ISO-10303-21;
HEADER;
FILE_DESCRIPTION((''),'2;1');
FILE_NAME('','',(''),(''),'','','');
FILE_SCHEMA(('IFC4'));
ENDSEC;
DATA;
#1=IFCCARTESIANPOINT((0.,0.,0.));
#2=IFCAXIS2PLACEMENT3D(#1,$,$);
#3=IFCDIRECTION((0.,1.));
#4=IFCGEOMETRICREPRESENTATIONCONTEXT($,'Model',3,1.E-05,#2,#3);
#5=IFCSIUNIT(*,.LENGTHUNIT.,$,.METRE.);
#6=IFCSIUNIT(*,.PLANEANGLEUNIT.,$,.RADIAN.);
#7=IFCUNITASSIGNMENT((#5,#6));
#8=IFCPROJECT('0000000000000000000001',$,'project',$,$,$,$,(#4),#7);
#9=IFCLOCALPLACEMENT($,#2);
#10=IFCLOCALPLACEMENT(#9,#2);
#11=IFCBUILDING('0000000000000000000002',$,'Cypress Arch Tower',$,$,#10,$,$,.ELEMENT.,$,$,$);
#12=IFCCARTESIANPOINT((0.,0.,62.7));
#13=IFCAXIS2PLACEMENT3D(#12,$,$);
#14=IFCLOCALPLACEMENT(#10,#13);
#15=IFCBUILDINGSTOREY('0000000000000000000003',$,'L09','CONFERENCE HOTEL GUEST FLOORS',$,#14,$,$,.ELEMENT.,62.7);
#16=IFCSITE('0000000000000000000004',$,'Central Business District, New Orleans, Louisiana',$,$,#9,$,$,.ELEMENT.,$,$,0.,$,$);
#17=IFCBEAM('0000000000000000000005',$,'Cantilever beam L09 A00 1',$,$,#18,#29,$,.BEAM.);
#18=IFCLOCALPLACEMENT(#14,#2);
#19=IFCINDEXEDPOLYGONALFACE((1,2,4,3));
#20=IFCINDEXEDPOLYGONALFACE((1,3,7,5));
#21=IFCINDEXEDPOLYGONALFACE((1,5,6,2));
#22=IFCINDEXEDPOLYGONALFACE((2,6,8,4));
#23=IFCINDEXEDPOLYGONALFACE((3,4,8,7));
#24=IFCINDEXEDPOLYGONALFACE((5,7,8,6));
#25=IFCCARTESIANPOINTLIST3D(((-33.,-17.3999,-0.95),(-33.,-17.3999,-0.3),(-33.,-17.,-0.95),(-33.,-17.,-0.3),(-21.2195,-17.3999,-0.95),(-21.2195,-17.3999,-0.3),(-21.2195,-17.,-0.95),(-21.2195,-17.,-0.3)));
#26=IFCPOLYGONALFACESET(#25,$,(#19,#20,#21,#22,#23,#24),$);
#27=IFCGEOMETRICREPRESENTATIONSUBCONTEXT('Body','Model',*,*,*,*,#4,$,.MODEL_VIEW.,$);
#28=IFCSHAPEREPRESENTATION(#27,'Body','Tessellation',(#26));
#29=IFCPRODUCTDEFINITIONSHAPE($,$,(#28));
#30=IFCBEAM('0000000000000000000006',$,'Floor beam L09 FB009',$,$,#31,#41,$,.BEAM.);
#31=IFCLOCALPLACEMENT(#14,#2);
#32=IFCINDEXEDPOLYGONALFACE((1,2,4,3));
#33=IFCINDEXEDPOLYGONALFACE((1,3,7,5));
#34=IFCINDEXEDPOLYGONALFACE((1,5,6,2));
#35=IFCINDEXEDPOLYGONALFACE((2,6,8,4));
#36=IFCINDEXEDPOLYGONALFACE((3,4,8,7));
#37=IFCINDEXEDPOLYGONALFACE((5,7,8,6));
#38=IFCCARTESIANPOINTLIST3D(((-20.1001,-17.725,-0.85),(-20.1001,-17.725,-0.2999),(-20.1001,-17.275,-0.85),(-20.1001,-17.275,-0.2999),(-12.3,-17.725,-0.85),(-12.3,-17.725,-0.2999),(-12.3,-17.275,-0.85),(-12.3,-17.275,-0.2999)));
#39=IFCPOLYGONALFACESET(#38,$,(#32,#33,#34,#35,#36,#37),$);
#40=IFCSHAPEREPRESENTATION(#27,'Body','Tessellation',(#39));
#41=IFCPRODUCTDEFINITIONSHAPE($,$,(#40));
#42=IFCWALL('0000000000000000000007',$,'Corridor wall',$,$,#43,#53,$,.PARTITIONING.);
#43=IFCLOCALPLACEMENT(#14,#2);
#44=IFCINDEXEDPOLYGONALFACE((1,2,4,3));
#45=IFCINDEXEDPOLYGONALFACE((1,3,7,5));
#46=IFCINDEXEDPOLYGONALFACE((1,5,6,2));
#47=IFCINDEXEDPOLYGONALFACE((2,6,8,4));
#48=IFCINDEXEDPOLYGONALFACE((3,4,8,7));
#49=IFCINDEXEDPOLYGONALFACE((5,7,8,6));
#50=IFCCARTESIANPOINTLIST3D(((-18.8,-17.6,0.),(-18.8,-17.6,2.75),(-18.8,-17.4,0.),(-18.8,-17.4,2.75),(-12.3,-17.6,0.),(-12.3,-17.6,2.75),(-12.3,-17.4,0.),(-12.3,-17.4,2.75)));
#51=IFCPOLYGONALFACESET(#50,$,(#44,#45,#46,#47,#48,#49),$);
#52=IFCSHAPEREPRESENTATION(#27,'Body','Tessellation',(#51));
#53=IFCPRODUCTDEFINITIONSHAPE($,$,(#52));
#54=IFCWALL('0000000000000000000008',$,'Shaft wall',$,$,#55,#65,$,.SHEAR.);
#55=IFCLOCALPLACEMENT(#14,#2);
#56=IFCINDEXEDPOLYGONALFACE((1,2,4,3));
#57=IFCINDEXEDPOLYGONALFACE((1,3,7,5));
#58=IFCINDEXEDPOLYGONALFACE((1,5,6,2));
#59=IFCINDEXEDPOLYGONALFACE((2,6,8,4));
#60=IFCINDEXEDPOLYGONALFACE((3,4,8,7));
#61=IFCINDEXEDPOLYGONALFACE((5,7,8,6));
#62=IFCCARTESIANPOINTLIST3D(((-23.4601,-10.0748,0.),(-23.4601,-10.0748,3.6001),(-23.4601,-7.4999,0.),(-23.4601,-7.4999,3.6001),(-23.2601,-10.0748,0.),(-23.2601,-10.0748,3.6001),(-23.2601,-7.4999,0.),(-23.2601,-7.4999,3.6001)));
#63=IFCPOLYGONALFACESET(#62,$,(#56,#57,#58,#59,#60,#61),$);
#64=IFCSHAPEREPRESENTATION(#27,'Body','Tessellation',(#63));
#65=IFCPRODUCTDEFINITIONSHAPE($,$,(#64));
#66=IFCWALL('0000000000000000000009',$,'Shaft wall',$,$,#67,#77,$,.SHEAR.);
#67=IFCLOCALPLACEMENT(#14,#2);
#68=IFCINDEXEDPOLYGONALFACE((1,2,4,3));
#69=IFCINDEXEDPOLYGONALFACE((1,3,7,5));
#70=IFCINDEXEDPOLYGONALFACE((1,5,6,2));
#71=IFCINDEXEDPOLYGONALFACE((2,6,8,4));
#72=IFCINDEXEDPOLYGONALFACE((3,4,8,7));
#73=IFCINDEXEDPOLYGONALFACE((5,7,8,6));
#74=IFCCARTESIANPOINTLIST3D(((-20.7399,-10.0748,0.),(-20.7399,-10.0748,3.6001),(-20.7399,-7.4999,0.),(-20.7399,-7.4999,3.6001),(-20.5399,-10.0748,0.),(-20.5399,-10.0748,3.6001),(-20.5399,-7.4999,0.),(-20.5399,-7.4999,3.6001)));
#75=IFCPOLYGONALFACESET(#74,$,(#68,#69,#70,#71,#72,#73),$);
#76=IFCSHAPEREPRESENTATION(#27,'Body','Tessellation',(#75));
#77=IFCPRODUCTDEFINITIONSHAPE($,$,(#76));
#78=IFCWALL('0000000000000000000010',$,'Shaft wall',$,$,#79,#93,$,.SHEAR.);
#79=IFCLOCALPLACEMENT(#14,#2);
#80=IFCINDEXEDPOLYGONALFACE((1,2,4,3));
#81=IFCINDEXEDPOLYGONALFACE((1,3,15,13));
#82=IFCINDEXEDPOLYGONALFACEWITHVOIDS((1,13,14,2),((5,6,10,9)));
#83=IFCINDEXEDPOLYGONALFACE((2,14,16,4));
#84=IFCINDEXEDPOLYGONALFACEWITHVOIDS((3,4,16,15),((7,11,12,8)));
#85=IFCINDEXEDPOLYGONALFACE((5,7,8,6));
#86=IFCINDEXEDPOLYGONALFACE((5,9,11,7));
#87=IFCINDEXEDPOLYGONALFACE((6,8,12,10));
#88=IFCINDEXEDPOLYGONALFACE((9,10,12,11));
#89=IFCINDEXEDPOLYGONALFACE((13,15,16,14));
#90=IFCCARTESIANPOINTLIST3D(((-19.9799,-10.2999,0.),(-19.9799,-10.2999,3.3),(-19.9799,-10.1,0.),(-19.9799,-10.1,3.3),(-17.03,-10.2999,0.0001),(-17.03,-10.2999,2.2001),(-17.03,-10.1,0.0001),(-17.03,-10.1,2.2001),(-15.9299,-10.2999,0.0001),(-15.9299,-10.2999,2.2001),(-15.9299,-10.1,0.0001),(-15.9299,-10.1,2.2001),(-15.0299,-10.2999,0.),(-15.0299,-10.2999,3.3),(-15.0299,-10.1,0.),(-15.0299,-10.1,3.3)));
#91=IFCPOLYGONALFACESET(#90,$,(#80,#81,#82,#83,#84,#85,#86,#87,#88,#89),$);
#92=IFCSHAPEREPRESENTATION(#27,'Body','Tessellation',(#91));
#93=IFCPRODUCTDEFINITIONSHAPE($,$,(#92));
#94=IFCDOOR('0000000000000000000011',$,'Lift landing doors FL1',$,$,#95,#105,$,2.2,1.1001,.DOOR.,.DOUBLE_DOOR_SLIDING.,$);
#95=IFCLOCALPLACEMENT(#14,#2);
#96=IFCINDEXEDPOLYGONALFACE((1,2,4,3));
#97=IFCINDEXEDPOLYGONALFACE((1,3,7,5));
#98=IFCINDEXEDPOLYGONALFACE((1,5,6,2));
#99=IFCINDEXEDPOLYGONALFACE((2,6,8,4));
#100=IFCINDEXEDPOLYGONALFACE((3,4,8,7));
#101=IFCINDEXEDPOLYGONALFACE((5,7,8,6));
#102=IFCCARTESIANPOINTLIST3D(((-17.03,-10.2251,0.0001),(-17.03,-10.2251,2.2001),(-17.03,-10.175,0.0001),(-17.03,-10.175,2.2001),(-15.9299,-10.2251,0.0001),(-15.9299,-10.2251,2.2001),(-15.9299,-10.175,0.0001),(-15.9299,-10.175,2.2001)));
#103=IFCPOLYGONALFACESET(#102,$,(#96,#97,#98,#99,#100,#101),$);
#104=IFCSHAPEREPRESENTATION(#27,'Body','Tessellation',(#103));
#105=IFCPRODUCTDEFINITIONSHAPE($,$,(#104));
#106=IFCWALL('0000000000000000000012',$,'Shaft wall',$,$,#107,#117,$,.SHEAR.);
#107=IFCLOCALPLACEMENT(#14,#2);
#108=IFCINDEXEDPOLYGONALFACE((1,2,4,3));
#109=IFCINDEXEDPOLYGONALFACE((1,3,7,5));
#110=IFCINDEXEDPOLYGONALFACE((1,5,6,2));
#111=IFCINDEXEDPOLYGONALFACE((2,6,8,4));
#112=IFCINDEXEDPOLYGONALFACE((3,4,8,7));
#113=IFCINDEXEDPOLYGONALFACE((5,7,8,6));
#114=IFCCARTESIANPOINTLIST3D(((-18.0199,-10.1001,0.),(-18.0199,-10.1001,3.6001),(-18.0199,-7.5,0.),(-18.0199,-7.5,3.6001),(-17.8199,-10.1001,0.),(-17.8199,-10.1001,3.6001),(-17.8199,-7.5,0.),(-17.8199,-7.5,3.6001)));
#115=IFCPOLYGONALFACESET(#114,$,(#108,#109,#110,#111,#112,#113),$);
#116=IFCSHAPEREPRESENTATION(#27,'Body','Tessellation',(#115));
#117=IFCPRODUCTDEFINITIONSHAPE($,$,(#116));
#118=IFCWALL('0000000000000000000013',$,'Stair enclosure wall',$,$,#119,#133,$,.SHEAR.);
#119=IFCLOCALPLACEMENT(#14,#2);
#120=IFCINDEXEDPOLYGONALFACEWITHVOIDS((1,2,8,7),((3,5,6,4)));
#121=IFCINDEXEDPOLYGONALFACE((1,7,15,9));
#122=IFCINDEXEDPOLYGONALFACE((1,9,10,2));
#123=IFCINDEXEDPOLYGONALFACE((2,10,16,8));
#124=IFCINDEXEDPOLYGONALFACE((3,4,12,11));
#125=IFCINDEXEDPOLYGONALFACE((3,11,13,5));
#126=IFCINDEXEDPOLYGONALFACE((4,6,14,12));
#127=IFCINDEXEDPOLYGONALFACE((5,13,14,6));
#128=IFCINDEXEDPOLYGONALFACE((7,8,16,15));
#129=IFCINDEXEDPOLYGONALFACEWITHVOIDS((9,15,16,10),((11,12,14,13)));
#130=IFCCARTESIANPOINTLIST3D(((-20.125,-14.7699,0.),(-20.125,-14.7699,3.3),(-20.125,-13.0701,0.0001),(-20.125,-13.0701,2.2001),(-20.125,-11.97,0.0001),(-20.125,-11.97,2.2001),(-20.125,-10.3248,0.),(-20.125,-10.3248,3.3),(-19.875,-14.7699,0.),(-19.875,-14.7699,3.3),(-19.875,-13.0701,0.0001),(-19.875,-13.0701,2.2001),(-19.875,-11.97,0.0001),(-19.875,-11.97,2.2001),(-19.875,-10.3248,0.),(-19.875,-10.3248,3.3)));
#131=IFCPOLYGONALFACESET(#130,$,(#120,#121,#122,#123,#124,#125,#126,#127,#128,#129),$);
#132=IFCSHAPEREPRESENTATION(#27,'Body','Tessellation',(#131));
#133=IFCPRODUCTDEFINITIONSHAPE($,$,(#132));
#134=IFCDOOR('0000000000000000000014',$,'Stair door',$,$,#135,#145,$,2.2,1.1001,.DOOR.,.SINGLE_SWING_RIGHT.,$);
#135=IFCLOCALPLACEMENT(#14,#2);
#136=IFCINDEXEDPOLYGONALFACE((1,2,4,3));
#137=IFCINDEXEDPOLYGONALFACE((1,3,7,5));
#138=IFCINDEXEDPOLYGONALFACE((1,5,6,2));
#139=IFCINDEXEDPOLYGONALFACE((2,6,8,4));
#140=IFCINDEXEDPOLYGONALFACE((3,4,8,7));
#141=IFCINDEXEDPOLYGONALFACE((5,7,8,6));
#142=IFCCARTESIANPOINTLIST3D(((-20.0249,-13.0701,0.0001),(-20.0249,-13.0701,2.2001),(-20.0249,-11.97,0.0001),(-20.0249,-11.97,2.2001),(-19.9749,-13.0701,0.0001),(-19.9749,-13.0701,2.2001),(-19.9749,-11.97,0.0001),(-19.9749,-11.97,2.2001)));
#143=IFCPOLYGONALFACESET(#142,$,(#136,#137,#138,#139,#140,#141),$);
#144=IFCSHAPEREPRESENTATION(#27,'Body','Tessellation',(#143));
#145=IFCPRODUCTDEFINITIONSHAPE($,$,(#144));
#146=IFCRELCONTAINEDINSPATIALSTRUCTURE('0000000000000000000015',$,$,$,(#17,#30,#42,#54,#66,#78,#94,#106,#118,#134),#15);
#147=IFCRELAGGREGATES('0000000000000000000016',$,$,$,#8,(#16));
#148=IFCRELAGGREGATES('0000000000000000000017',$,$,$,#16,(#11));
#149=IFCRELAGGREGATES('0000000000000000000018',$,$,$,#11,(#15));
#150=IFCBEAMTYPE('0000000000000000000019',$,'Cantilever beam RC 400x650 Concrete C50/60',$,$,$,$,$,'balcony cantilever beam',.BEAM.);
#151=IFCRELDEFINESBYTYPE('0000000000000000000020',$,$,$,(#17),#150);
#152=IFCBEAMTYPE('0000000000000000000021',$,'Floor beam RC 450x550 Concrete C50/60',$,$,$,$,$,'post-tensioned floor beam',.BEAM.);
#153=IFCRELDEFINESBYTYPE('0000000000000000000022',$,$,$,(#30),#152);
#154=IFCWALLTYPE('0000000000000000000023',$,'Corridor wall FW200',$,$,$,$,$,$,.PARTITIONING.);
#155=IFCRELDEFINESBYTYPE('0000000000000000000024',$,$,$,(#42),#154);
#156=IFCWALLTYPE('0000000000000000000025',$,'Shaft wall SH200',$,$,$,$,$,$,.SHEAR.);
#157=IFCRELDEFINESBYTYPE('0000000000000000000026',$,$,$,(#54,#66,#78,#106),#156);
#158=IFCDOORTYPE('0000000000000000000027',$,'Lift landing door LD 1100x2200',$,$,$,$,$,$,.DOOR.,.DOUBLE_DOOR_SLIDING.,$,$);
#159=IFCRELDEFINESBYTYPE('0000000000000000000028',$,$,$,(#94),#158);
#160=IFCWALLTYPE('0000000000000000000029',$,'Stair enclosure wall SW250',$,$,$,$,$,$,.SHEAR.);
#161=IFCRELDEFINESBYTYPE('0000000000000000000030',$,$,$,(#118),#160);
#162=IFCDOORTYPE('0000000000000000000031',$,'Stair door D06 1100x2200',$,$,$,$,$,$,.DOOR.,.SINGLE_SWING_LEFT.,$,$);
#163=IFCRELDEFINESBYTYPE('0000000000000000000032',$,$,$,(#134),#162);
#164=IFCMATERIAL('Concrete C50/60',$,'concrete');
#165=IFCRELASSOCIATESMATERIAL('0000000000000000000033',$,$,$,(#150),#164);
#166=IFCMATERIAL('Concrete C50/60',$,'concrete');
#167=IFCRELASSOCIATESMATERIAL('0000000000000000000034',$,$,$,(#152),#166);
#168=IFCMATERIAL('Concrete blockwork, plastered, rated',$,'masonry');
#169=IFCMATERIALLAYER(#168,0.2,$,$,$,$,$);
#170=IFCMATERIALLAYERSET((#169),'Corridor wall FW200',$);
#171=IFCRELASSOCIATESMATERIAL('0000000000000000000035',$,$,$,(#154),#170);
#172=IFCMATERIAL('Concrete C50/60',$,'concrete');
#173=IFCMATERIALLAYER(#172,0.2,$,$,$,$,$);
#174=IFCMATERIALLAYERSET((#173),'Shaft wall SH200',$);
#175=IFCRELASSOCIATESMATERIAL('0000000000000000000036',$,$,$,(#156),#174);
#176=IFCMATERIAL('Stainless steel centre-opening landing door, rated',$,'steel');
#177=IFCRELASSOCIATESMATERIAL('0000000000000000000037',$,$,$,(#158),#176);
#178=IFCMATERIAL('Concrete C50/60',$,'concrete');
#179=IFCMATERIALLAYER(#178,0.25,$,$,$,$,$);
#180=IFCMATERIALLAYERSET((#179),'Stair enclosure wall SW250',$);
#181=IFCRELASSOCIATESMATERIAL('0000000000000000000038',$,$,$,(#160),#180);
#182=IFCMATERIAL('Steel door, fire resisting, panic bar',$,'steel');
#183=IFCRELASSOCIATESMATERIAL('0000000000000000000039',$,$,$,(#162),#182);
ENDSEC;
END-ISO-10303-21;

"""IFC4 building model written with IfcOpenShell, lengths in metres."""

from ifc_helpers import new_model, si_unit, direction, frame, frame_2d, origin, origin_2d, place, context, subcontext, project, spatial, rectangle, extrude, material, layer, layer_set, material_profile, profile_set, type_object, element, fill, save


model = new_model("IFC4")

# Units and contexts
model_context = context("Model", 3, precision=1e-05, world=origin(), true_north=direction((0.0, 1.0)))
body_context = subcontext(model_context, "Body", "Model", "MODEL_VIEW")
ifc_project = project(units=[si_unit("LENGTHUNIT", "METRE"), si_unit("PLANEANGLEUNIT", "RADIAN")], contexts=[model_context])

# Site, building, storey
site_placement = place(None, origin())
site = spatial("IfcSite", under=ifc_project, at=site_placement, Name="Central Business District, New Orleans, Louisiana", CompositionType="ELEMENT", RefElevation=0.0)
building_placement = place(site_placement, origin())
building = spatial("IfcBuilding", under=site, at=building_placement, Name="Cypress Arch Tower", CompositionType="ELEMENT")
storey_placement = place(building_placement, frame((0.0, 0.0, 62.7)))
storey = spatial("IfcBuildingStorey", under=building, at=storey_placement, Name="L09", Description="CONFERENCE HOTEL GUEST FLOORS", CompositionType="ELEMENT", Elevation=62.7)

# Beams
ifc_material_1 = material(Name="Concrete C50/60", Category="concrete")
ifc_material_profile_1 = material_profile(ifc_material_1, rectangle(XDim=0.3999, YDim=0.6499, at=origin_2d()), Name="RC 400x650")
ifc_profile_set_1 = profile_set([ifc_material_profile_1], Name="Concrete C50/60")
beam_type_1 = type_object("IfcBeamType", Name="Cantilever beam RC 400x650 Concrete C50/60", ElementType="balcony cantilever beam", PredefinedType="BEAM", material=ifc_profile_set_1)
beam_1_placement = place(storey_placement, frame((-21.2195, -17.2, -0.625), z_axis=(-1.0, 0.0, 0.0), x_axis=(0.0, -1.0, 0.0)))
element("IfcBeam", 1, at=beam_1_placement, inside=storey, type_object=beam_type_1, Name="Cantilever beam L09 A00 1", PredefinedType="BEAM", context=body_context, shape_type="SweptSolid", body=[
    extrude(rectangle(XDim=0.3999, YDim=0.6499, at=origin_2d()), origin(), (0.0, 0.0, 1.0), 11.7805),
])
ifc_material_2 = material(Name="Concrete C50/60", Category="concrete")
ifc_material_profile_2 = material_profile(ifc_material_2, rectangle(XDim=0.45, YDim=0.55, at=origin_2d()), Name="RC 450x550")
ifc_profile_set_2 = profile_set([ifc_material_profile_2], Name="Concrete C50/60")
beam_type_2 = type_object("IfcBeamType", Name="Floor beam RC 450x550 Concrete C50/60", ElementType="post-tensioned floor beam", PredefinedType="BEAM", material=ifc_profile_set_2)
beam_2_placement = place(storey_placement, frame((-20.1001, -17.5, -0.575), z_axis=(1.0, 0.0, 0.0), x_axis=(0.0, 1.0, 0.0)))
element("IfcBeam", 2, at=beam_2_placement, inside=storey, type_object=beam_type_2, Name="Floor beam L09 FB009", PredefinedType="BEAM", context=body_context, shape_type="SweptSolid", body=[
    extrude(rectangle(XDim=0.45, YDim=0.55, at=origin_2d()), origin(), (0.0, 0.0, 1.0), 7.8),
])

# Walls
ifc_material_3 = material(Name="Concrete blockwork, plastered, rated", Category="masonry")
ifc_layer_1 = layer(ifc_material_3, 0.2)
ifc_layer_set_1 = layer_set([ifc_layer_1], Name="Corridor wall FW200")
wall_type_1 = type_object("IfcWallType", Name="Corridor wall FW200", PredefinedType="PARTITIONING", material=ifc_layer_set_1)
wall_1_placement = place(storey_placement, frame((-18.8, -17.5, 0.0), z_axis=(0.0, 0.0, 1.0), x_axis=(1.0, 0.0, 0.0)))
element("IfcWall", 3, at=wall_1_placement, inside=storey, type_object=wall_type_1, Name="Corridor wall", PredefinedType="PARTITIONING", context=body_context, shape_type="SweptSolid", body=[
    extrude(rectangle(XDim=6.5, YDim=0.2, at=frame_2d((3.25, 0.0))), origin(), (0.0, 0.0, 1.0), 2.75),
])
ifc_material_4 = material(Name="Concrete C50/60", Category="concrete")
ifc_layer_2 = layer(ifc_material_4, 0.2)
ifc_layer_set_2 = layer_set([ifc_layer_2], Name="Shaft wall SH200")
wall_type_2 = type_object("IfcWallType", Name="Shaft wall SH200", PredefinedType="SHEAR", material=ifc_layer_set_2)
for number, where, z_axis, x_axis, name in (
    (4, (-23.3601, -10.075, 0.0), (0.0, 0.0, 1.0), (0.0, 1.0, 0.0), "Shaft wall"),
    (5, (-20.6399, -10.075, 0.0), (0.0, 0.0, 1.0), (0.0, 1.0, 0.0), "Shaft wall"),
):
    element("IfcWall", number, at=place(storey_placement, frame(where, z_axis=z_axis, x_axis=x_axis)), inside=storey, type_object=wall_type_2, Name=name, PredefinedType="SHEAR", context=body_context, shape_type="SweptSolid", body=[
        extrude(rectangle(XDim=2.575, YDim=0.2, at=frame_2d((1.2876, 0.0))), origin(), (0.0, 0.0, 1.0), 3.6001),
    ])

# Wall, opening, door
wall_2_placement = place(storey_placement, frame((-19.98, -10.2, 0.0), z_axis=(0.0, 0.0, 1.0), x_axis=(1.0, 0.0, 0.0)))
wall_2 = element("IfcWall", 6, at=wall_2_placement, inside=storey, type_object=wall_type_2, Name="Shaft wall", PredefinedType="SHEAR", context=body_context, shape_type="SweptSolid", body=[
    extrude(rectangle(XDim=4.95, YDim=0.2, at=frame_2d((2.4751, 0.0))), origin(), (0.0, 0.0, 1.0), 3.3),
])
opening_1_placement = place(wall_2_placement, frame((2.95, 0.0, 0.0)))
opening_1 = element("IfcOpeningElement", 7, at=opening_1_placement, cuts=wall_2, PredefinedType="OPENING", context=body_context, shape_type="SweptSolid", body=[
    extrude(rectangle(XDim=1.1001, YDim=2.2, at=frame_2d((0.55, 1.1001))), frame((0.0, 0.1099, 0.0), z_axis=(0.0, -1.0, 0.0), x_axis=(1.0, 0.0, 0.0)), (0.0, 0.0, 1.0), 0.22),
])
ifc_material_5 = material(Name="Stainless steel centre-opening landing door, rated", Category="steel")
door_type_1 = type_object("IfcDoorType", Name="Lift landing door LD 1100x2200", OperationType="DOUBLE_DOOR_SLIDING", PredefinedType="DOOR", material=ifc_material_5)
door_1_placement = place(opening_1_placement, origin())
door_1 = element("IfcDoor", 8, at=door_1_placement, inside=storey, type_object=door_type_1, Name="Lift landing doors FL1", OperationType="DOUBLE_DOOR_SLIDING", OverallHeight=2.2, OverallWidth=1.1001, PredefinedType="DOOR", context=body_context, shape_type="SweptSolid", body=[
    extrude(rectangle(XDim=1.1001, YDim=2.2, at=frame_2d((0.55, 1.1001))), frame((0.0, 0.0249, 0.0), z_axis=(0.0, -1.0, 0.0), x_axis=(1.0, 0.0, 0.0)), (0.0, 0.0, 1.0), 0.05),
])
fill(opening_1, door_1)

# Wall
wall_3_placement = place(storey_placement, frame((-17.9199, -10.1001, 0.0), z_axis=(0.0, 0.0, 1.0), x_axis=(0.0, 1.0, 0.0)))
element("IfcWall", 9, at=wall_3_placement, inside=storey, type_object=wall_type_2, Name="Shaft wall", PredefinedType="SHEAR", context=body_context, shape_type="SweptSolid", body=[
    extrude(rectangle(XDim=2.6001, YDim=0.2, at=frame_2d((1.3, 0.0))), origin(), (0.0, 0.0, 1.0), 3.6001),
])

# Wall, opening, door
ifc_material_6 = material(Name="Concrete C50/60", Category="concrete")
ifc_layer_3 = layer(ifc_material_6, 0.25)
ifc_layer_set_3 = layer_set([ifc_layer_3], Name="Stair enclosure wall SW250")
wall_type_3 = type_object("IfcWallType", Name="Stair enclosure wall SW250", PredefinedType="SHEAR", material=ifc_layer_set_3)
wall_4_placement = place(storey_placement, frame((-20.0, -14.77, 0.0), z_axis=(0.0, 0.0, 1.0), x_axis=(0.0, 1.0, 0.0)))
wall_4 = element("IfcWall", 10, at=wall_4_placement, inside=storey, type_object=wall_type_3, Name="Stair enclosure wall", PredefinedType="SHEAR", context=body_context, shape_type="SweptSolid", body=[
    extrude(rectangle(XDim=4.4451, YDim=0.25, at=frame_2d((2.2227, 0.0))), origin(), (0.0, 0.0, 1.0), 3.3),
])
opening_2_placement = place(wall_4_placement, frame((1.7, 0.0, 0.0)))
opening_2 = element("IfcOpeningElement", 11, at=opening_2_placement, cuts=wall_4, PredefinedType="OPENING", context=body_context, shape_type="SweptSolid", body=[
    extrude(rectangle(XDim=1.1001, YDim=2.2, at=frame_2d((0.55, 1.1001))), frame((0.0, 0.135, 0.0), z_axis=(0.0, -1.0, 0.0), x_axis=(1.0, 0.0, 0.0)), (0.0, 0.0, 1.0), 0.27),
])
ifc_material_7 = material(Name="Steel door, fire resisting, panic bar", Category="steel")
door_type_2 = type_object("IfcDoorType", Name="Stair door D06 1100x2200", OperationType="SINGLE_SWING_LEFT", PredefinedType="DOOR", material=ifc_material_7)
door_2_placement = place(opening_2_placement, origin())
door_2 = element("IfcDoor", 12, at=door_2_placement, inside=storey, type_object=door_type_2, Name="Stair door", OperationType="SINGLE_SWING_RIGHT", OverallHeight=2.2, OverallWidth=1.1001, PredefinedType="DOOR", context=body_context, shape_type="SweptSolid", body=[
    extrude(rectangle(XDim=1.1001, YDim=2.2, at=frame_2d((0.55, 1.1001))), frame((0.0, 0.0249, 0.0), z_axis=(0.0, -1.0, 0.0), x_axis=(1.0, 0.0, 0.0)), (0.0, 0.0, 1.0), 0.05),
])
fill(opening_2, door_2)

save(model, "model.ifc")
